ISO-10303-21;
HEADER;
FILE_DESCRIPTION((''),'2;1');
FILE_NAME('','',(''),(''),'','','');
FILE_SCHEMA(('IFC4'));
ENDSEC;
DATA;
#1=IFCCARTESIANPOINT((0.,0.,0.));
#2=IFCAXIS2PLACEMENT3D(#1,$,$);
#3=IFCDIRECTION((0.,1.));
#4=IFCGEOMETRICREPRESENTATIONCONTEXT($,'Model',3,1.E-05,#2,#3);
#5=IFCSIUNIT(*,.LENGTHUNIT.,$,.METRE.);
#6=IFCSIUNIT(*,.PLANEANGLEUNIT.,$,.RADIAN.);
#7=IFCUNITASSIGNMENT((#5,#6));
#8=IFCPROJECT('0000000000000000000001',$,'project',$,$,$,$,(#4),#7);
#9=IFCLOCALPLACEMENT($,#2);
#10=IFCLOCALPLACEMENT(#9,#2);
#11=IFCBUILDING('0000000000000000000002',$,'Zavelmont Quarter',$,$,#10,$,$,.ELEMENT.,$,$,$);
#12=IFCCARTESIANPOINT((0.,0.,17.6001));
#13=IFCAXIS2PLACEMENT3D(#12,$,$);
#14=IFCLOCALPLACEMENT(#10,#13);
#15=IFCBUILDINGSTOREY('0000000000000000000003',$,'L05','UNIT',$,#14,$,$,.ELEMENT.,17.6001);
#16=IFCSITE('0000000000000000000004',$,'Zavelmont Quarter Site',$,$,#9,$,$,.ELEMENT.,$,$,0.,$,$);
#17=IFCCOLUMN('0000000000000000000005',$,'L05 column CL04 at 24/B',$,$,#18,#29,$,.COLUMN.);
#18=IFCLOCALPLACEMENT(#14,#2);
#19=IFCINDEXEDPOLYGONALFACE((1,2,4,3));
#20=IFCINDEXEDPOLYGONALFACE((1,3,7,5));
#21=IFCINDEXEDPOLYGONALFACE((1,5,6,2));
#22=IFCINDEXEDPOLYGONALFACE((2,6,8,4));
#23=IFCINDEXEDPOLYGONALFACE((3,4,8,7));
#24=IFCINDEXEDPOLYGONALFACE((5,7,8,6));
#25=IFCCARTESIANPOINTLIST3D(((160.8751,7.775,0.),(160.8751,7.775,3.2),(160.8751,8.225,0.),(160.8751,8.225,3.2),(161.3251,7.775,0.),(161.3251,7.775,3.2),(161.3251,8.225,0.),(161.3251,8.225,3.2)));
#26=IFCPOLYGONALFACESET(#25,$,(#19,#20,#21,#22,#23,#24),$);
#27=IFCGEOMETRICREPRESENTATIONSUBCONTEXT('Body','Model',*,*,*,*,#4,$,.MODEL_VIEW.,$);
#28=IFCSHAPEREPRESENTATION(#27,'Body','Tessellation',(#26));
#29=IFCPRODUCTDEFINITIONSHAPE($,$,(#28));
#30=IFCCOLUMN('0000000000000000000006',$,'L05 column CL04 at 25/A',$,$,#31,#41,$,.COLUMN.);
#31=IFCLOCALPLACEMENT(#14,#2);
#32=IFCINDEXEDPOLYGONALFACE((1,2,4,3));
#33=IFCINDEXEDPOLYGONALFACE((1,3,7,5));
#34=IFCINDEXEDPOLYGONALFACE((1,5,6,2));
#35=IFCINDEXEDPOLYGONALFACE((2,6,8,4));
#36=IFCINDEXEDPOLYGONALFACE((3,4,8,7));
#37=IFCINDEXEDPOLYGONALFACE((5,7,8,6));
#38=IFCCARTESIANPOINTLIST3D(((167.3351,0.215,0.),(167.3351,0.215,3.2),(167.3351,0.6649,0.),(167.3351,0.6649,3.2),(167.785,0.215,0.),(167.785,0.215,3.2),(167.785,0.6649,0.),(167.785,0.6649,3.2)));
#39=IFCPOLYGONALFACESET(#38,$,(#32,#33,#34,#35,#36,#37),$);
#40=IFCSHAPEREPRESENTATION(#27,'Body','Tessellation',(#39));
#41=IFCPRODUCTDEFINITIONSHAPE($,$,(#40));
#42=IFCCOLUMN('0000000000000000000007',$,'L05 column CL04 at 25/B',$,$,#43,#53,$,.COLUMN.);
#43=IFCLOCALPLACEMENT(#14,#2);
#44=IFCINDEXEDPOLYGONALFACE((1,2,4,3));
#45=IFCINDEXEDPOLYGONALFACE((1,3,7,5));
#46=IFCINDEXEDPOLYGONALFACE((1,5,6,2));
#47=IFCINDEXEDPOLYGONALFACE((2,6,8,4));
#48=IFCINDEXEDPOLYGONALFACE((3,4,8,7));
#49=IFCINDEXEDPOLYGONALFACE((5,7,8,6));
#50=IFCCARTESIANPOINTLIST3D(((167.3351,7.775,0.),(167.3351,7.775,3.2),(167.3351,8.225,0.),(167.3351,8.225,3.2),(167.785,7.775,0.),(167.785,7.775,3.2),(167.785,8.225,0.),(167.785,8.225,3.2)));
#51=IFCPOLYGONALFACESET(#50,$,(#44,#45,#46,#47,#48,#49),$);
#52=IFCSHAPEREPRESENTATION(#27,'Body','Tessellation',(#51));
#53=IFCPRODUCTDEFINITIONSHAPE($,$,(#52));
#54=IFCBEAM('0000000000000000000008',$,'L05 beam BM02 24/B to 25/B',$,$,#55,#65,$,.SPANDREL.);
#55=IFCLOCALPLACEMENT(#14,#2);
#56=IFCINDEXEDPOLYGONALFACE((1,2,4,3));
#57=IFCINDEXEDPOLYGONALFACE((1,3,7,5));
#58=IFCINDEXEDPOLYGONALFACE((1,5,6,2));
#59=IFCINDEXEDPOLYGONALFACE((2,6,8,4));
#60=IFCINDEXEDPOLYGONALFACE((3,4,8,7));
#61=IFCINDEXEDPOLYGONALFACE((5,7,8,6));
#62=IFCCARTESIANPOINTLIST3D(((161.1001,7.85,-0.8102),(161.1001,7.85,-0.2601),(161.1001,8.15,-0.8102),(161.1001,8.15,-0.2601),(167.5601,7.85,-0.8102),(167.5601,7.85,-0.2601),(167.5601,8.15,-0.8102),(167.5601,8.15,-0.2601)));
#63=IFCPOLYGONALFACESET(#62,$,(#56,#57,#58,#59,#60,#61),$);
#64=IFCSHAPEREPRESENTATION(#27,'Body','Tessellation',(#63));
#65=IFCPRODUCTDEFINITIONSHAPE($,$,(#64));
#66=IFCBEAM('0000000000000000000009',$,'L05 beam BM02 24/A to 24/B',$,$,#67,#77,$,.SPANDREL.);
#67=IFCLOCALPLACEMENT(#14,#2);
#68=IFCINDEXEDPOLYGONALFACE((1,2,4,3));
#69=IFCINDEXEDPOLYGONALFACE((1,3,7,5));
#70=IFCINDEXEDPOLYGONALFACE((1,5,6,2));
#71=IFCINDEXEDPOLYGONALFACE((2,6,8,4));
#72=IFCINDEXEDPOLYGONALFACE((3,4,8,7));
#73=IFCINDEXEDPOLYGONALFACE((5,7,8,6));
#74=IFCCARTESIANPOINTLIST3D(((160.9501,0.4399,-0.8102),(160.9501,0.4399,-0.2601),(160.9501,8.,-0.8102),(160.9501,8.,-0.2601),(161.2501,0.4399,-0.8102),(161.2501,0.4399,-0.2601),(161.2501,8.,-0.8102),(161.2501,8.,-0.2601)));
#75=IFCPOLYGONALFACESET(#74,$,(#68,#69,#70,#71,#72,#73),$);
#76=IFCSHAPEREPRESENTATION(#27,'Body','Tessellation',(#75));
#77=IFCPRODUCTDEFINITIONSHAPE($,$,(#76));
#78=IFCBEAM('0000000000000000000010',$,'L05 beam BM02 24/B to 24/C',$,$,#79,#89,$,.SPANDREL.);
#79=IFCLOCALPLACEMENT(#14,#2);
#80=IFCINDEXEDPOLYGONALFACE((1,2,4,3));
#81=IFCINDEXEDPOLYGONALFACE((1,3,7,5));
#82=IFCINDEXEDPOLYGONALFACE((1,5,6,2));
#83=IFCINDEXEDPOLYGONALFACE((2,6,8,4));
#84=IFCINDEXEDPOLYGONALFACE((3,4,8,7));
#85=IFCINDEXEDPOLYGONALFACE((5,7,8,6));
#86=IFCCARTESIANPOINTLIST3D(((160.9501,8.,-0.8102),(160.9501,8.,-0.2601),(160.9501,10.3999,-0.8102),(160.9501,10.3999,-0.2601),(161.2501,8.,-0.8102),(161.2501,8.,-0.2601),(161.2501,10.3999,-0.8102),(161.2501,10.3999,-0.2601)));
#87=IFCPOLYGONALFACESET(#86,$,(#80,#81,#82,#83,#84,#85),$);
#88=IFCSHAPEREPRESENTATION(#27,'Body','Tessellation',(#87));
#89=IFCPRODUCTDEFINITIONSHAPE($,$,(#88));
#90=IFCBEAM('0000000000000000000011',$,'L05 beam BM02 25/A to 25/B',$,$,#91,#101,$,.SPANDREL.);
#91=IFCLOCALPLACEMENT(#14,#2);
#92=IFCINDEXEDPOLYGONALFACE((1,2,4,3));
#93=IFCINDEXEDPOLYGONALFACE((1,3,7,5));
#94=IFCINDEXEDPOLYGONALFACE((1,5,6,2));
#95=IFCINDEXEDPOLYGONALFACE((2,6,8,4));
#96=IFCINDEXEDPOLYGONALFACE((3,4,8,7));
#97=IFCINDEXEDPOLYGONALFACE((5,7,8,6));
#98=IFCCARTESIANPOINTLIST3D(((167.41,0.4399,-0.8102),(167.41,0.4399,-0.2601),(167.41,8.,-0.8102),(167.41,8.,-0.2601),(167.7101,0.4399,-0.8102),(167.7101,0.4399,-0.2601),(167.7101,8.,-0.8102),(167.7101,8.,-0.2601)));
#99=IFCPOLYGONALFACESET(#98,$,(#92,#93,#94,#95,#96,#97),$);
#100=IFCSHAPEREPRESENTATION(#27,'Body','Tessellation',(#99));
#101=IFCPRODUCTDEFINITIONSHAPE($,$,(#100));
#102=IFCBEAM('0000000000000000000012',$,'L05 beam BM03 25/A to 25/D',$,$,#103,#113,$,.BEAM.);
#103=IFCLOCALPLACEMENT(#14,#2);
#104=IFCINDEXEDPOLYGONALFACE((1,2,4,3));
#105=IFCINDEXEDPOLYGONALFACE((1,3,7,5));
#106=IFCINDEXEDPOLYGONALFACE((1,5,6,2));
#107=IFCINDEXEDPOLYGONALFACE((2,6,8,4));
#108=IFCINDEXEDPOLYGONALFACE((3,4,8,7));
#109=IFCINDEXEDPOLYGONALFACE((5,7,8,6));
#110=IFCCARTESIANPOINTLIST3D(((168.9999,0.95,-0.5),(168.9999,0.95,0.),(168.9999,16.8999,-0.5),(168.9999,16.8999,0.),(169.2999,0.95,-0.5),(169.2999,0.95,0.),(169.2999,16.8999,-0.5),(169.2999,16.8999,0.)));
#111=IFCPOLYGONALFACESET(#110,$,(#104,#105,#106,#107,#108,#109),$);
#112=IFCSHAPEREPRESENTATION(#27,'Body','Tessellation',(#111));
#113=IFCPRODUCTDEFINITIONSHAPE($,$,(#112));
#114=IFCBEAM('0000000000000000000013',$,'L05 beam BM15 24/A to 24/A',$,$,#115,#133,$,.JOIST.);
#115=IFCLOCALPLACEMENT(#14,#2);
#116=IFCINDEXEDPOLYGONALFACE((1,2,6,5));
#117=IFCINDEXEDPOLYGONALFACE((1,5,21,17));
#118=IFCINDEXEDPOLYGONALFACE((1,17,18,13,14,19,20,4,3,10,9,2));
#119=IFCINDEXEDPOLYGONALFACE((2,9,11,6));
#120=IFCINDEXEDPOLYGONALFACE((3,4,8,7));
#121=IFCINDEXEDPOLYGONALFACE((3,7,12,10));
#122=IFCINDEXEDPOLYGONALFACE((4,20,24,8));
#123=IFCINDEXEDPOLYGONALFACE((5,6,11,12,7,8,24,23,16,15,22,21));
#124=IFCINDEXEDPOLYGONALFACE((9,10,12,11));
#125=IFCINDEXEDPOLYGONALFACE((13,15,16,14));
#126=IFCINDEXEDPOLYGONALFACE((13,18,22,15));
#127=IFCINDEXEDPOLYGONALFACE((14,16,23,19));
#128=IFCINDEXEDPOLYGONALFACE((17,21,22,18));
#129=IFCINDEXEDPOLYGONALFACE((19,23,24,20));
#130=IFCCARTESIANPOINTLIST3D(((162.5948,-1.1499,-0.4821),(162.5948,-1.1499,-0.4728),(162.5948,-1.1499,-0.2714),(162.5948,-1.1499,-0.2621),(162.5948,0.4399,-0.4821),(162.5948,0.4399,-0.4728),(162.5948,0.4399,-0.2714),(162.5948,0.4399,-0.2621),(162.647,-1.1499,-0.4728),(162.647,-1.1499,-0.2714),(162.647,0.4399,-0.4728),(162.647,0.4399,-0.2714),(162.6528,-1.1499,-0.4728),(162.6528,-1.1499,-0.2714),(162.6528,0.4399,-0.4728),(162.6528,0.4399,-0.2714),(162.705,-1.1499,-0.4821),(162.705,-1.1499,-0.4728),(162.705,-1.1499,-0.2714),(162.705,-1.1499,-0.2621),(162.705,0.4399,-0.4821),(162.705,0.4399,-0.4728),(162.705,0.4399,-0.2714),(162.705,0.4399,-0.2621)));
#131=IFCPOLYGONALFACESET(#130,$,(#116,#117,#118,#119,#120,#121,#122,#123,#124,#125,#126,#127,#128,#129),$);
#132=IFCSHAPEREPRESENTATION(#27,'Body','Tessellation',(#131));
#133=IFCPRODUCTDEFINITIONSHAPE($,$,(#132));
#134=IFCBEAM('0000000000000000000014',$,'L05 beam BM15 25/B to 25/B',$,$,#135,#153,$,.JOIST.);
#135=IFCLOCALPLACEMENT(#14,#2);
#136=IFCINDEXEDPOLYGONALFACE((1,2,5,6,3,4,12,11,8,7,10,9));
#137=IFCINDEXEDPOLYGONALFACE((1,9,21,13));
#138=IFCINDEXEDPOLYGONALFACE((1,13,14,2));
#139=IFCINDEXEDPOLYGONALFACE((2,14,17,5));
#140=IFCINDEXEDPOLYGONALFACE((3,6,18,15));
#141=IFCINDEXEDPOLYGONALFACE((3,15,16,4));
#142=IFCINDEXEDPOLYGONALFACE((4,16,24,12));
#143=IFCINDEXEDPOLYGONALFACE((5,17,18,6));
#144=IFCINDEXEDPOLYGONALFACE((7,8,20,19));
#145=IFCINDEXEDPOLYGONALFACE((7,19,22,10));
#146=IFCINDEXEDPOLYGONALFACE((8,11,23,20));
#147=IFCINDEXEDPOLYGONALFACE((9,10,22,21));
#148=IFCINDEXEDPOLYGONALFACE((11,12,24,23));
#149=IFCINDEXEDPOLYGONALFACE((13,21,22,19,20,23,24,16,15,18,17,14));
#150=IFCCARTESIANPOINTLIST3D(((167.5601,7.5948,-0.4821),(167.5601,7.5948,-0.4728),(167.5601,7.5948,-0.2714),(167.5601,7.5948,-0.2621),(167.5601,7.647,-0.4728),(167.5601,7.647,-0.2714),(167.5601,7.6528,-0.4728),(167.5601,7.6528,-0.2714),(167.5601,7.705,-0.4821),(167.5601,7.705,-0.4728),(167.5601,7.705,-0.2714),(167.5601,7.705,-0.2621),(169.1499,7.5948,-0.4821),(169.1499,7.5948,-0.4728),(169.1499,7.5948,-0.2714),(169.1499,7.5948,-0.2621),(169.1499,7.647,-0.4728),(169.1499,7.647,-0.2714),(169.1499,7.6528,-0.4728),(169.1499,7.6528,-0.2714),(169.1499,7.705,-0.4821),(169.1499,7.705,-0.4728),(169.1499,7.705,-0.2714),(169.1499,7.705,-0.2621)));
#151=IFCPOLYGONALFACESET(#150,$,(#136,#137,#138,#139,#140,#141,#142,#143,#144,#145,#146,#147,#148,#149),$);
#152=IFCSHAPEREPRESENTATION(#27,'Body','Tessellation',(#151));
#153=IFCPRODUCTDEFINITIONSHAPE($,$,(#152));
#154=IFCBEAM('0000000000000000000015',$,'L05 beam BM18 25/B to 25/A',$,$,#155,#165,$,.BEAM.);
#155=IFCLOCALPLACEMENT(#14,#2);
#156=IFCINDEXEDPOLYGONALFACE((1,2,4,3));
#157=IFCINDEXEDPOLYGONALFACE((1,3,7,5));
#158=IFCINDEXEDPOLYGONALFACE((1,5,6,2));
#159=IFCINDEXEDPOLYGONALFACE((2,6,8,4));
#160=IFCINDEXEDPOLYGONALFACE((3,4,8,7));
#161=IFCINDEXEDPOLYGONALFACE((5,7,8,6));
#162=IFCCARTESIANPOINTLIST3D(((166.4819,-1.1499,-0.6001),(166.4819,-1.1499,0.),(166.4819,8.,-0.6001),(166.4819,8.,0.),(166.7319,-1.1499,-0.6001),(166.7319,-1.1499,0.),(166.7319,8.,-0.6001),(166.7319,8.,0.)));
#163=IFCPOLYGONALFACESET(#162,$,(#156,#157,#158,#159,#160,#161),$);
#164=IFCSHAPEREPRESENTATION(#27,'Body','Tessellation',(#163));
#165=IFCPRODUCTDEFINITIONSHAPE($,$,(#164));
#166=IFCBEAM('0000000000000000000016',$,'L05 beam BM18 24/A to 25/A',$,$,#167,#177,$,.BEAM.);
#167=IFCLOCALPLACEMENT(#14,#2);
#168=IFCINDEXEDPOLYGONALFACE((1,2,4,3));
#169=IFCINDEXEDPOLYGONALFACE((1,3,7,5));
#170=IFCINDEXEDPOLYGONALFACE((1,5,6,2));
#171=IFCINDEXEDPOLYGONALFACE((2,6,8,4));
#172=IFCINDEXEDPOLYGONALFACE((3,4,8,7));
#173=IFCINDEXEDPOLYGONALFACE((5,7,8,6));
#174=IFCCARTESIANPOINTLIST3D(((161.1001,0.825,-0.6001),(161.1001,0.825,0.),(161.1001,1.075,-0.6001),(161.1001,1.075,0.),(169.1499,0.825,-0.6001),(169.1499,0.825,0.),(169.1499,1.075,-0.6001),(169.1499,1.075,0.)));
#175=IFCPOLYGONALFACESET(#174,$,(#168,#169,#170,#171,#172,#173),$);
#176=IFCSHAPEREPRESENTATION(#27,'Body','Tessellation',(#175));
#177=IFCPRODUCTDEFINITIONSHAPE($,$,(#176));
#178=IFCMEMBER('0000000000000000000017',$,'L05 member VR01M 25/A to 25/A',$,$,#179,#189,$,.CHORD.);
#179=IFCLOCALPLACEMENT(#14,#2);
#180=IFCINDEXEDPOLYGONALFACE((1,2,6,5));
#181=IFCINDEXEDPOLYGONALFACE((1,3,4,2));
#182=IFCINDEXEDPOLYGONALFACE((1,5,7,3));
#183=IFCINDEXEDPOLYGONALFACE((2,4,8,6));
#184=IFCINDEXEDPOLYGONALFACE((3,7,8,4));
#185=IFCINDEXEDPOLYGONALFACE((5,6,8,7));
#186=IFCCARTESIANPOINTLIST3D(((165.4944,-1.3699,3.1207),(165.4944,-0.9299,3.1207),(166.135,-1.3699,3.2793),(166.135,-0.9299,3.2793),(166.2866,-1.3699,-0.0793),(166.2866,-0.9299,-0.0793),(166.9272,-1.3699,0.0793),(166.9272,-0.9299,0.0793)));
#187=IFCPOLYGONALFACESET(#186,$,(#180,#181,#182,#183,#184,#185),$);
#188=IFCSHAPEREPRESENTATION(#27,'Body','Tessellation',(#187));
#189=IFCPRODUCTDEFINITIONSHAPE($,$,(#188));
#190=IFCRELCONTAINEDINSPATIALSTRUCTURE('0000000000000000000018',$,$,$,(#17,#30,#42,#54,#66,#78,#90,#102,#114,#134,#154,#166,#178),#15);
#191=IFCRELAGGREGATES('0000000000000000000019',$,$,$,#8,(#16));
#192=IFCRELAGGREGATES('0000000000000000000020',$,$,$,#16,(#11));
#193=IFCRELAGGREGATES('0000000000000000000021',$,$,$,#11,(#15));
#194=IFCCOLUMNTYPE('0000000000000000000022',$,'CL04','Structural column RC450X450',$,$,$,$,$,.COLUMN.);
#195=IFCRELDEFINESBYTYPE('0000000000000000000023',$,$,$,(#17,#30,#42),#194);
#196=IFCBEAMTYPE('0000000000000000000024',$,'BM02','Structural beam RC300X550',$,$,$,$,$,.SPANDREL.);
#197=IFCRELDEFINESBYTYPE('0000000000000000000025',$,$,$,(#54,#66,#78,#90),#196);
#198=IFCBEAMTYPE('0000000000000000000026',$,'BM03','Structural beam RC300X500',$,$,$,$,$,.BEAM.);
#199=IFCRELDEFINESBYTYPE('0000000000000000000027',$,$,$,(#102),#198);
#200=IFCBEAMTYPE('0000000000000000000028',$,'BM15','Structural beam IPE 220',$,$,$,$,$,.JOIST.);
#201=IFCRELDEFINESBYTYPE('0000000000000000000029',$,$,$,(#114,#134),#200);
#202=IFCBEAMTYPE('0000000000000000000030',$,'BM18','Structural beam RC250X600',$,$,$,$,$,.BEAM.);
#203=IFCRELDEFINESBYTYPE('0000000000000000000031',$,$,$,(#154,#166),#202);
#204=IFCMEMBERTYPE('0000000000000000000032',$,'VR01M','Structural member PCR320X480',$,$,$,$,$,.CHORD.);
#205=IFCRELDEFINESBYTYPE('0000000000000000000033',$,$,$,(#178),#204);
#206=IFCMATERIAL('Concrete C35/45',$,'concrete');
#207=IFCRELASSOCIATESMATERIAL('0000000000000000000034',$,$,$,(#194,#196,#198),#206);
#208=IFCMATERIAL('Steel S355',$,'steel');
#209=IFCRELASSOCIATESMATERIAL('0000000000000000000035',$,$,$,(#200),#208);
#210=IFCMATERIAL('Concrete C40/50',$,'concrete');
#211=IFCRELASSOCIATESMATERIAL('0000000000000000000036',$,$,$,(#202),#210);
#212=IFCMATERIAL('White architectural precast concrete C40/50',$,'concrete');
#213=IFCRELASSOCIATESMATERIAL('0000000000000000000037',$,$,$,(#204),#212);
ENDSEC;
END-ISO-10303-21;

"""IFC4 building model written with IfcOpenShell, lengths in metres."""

from ifc_helpers import new_model, si_unit, direction, frame, origin, origin_2d, place, context, subcontext, project, spatial, rectangle, i_section, extrude, material, material_profile, profile_set, type_object, element, save


model = new_model("IFC4")

# Units and contexts
model_context = context("Model", 3, precision=1e-05, world=origin(), true_north=direction((0.0, 1.0)))
body_context = subcontext(model_context, "Body", "Model", "MODEL_VIEW")
ifc_project = project(units=[si_unit("LENGTHUNIT", "METRE"), si_unit("PLANEANGLEUNIT", "RADIAN")], contexts=[model_context])

# Site, building, storey
site_placement = place(None, origin())
site = spatial("IfcSite", under=ifc_project, at=site_placement, Name="Zavelmont Quarter Site", CompositionType="ELEMENT", RefElevation=0.0)
building_placement = place(site_placement, origin())
building = spatial("IfcBuilding", under=site, at=building_placement, Name="Zavelmont Quarter", CompositionType="ELEMENT")
storey_placement = place(building_placement, frame((0.0, 0.0, 17.6001)))
storey = spatial("IfcBuildingStorey", under=building, at=storey_placement, Name="L05", Description="UNIT", CompositionType="ELEMENT", Elevation=17.6001)

# Columns
ifc_material_1 = material(Name="Concrete C35/45", Category="concrete")
ifc_material_profile_1 = material_profile(ifc_material_1, rectangle(XDim=0.45, YDim=0.45, at=origin_2d()), Name="RC450X450")
ifc_profile_set_1 = profile_set([ifc_material_profile_1], Name="Concrete C35/45")
column_type = type_object("IfcColumnType", Name="CL04", Description="Structural column RC450X450", PredefinedType="COLUMN", material=ifc_profile_set_1)
for number, where, z_axis, x_axis, name in (
    (1, (161.1001, 8.0, 0.0), (0.0, 0.0, 1.0), (1.0, 0.0, 0.0), "L05 column CL04 at 24/B"),
    (2, (167.5601, 0.4399, 0.0), (0.0, 0.0, 1.0), (1.0, 0.0, 0.0), "L05 column CL04 at 25/A"),
    (3, (167.5601, 8.0, 0.0), (0.0, 0.0, 1.0), (1.0, 0.0, 0.0), "L05 column CL04 at 25/B"),
):
    element("IfcColumn", number, at=place(storey_placement, frame(where, z_axis=z_axis, x_axis=x_axis)), inside=storey, type_object=column_type, Name=name, PredefinedType="COLUMN", context=body_context, shape_type="SweptSolid", body=[
        extrude(rectangle(XDim=0.45, YDim=0.45, at=origin_2d()), origin(), (0.0, 0.0, 1.0), 3.2),
    ])

# Beams
ifc_material_profile_2 = material_profile(ifc_material_1, rectangle(XDim=0.3, YDim=0.55, at=origin_2d()), Name="RC300X550")
ifc_profile_set_2 = profile_set([ifc_material_profile_2], Name="Concrete C35/45")
beam_type_1 = type_object("IfcBeamType", Name="BM02", Description="Structural beam RC300X550", PredefinedType="SPANDREL", material=ifc_profile_set_2)
beam_1_placement = place(storey_placement, frame((161.1001, 8.0, -0.5352), z_axis=(1.0, 0.0, 0.0), x_axis=(0.0, 1.0, 0.0)))
element("IfcBeam", 4, at=beam_1_placement, inside=storey, type_object=beam_type_1, Name="L05 beam BM02 24/B to 25/B", PredefinedType="SPANDREL", context=body_context, shape_type="SweptSolid", body=[
    extrude(rectangle(XDim=0.3, YDim=0.55, at=origin_2d()), origin(), (0.0, 0.0, 1.0), 6.46),
])
beam_2_placement = place(storey_placement, frame((161.1001, 0.4399, -0.5352), z_axis=(0.0, 1.0, 0.0), x_axis=(-1.0, 0.0, 0.0)))
element("IfcBeam", 5, at=beam_2_placement, inside=storey, type_object=beam_type_1, Name="L05 beam BM02 24/A to 24/B", PredefinedType="SPANDREL", context=body_context, shape_type="SweptSolid", body=[
    extrude(rectangle(XDim=0.3, YDim=0.55, at=origin_2d()), origin(), (0.0, 0.0, 1.0), 7.5601),
])
beam_3_placement = place(storey_placement, frame((161.1001, 8.0, -0.5352), z_axis=(0.0, 1.0, 0.0), x_axis=(-1.0, 0.0, 0.0)))
element("IfcBeam", 6, at=beam_3_placement, inside=storey, type_object=beam_type_1, Name="L05 beam BM02 24/B to 24/C", PredefinedType="SPANDREL", context=body_context, shape_type="SweptSolid", body=[
    extrude(rectangle(XDim=0.3, YDim=0.55, at=origin_2d()), origin(), (0.0, 0.0, 1.0), 2.3999),
])
beam_4_placement = place(storey_placement, frame((167.5601, 0.4399, -0.5352), z_axis=(0.0, 1.0, 0.0), x_axis=(-1.0, 0.0, 0.0)))
element("IfcBeam", 7, at=beam_4_placement, inside=storey, type_object=beam_type_1, Name="L05 beam BM02 25/A to 25/B", PredefinedType="SPANDREL", context=body_context, shape_type="SweptSolid", body=[
    extrude(rectangle(XDim=0.3, YDim=0.55, at=origin_2d()), origin(), (0.0, 0.0, 1.0), 7.5601),
])
ifc_material_profile_3 = material_profile(ifc_material_1, rectangle(XDim=0.3, YDim=0.5, at=origin_2d()), Name="RC300X500")
ifc_profile_set_3 = profile_set([ifc_material_profile_3], Name="Concrete C35/45")
beam_type_2 = type_object("IfcBeamType", Name="BM03", Description="Structural beam RC300X500", PredefinedType="BEAM", material=ifc_profile_set_3)
beam_5_placement = place(storey_placement, frame((169.1499, 0.95, -0.25), z_axis=(0.0, 1.0, 0.0), x_axis=(-1.0, 0.0, 0.0)))
element("IfcBeam", 8, at=beam_5_placement, inside=storey, type_object=beam_type_2, Name="L05 beam BM03 25/A to 25/D", PredefinedType="BEAM", context=body_context, shape_type="SweptSolid", body=[
    extrude(rectangle(XDim=0.3, YDim=0.5, at=origin_2d()), origin(), (0.0, 0.0, 1.0), 15.95),
])
ifc_material_2 = material(Name="Steel S355", Category="steel")
ifc_material_profile_4 = material_profile(ifc_material_2, i_section(OverallWidth=0.1101, OverallDepth=0.22, WebThickness=0.0059, FlangeThickness=0.0093, at=origin_2d()), Name="IPE 220")
ifc_profile_set_4 = profile_set([ifc_material_profile_4], Name="Steel S355")
beam_type_3 = type_object("IfcBeamType", Name="BM15", Description="Structural beam IPE 220", PredefinedType="JOIST", material=ifc_profile_set_4)
for number, where, z_axis, x_axis, name in (
    (9, (162.6499, 0.4399, -0.3721), (0.0, -1.0, 0.0), (1.0, 0.0, 0.0), "L05 beam BM15 24/A to 24/A"),
    (10, (167.5601, 7.6499, -0.3721), (1.0, 0.0, 0.0), (0.0, 1.0, 0.0), "L05 beam BM15 25/B to 25/B"),
):
    element("IfcBeam", number, at=place(storey_placement, frame(where, z_axis=z_axis, x_axis=x_axis)), inside=storey, type_object=beam_type_3, Name=name, PredefinedType="JOIST", context=body_context, shape_type="SweptSolid", body=[
        extrude(i_section(OverallWidth=0.1101, OverallDepth=0.22, WebThickness=0.0059, FlangeThickness=0.0093, at=origin_2d()), origin(), (0.0, 0.0, 1.0), 1.5898),
    ])
ifc_material_3 = material(Name="Concrete C40/50", Category="concrete")
ifc_material_profile_5 = material_profile(ifc_material_3, rectangle(XDim=0.25, YDim=0.6001, at=origin_2d()), Name="RC250X600")
ifc_profile_set_5 = profile_set([ifc_material_profile_5], Name="Concrete C40/50")
beam_type_4 = type_object("IfcBeamType", Name="BM18", Description="Structural beam RC250X600", PredefinedType="BEAM", material=ifc_profile_set_5)
beam_6_placement = place(storey_placement, frame((166.6069, 8.0, -0.3), z_axis=(0.0, -1.0, 0.0), x_axis=(1.0, 0.0, 0.0)))
element("IfcBeam", 11, at=beam_6_placement, inside=storey, type_object=beam_type_4, Name="L05 beam BM18 25/B to 25/A", PredefinedType="BEAM", context=body_context, shape_type="SweptSolid", body=[
    extrude(rectangle(XDim=0.25, YDim=0.6001, at=origin_2d()), origin(), (0.0, 0.0, 1.0), 9.1499),
])
beam_7_placement = place(storey_placement, frame((161.1001, 0.95, -0.3), z_axis=(1.0, 0.0, 0.0), x_axis=(0.0, 1.0, 0.0)))
element("IfcBeam", 12, at=beam_7_placement, inside=storey, type_object=beam_type_4, Name="L05 beam BM18 24/A to 25/A", PredefinedType="BEAM", context=body_context, shape_type="SweptSolid", body=[
    extrude(rectangle(XDim=0.25, YDim=0.6001, at=origin_2d()), origin(), (0.0, 0.0, 1.0), 8.0498),
])

# Member
ifc_material_4 = material(Name="White architectural precast concrete C40/50", Category="concrete")
ifc_material_profile_6 = material_profile(ifc_material_4, rectangle(XDim=0.4399, YDim=0.6599, at=origin_2d()), Name="PCR320X480")
ifc_profile_set_6 = profile_set([ifc_material_profile_6], Name="White architectural precast concrete C40/50")
member_type = type_object("IfcMemberType", Name="VR01M", Description="Structural member PCR320X480", PredefinedType="CHORD", material=ifc_profile_set_6)
member_1_placement = place(storey_placement, frame((166.6069, -1.1499, 0.0), z_axis=(-0.240322, 0.0, 0.970693), x_axis=(0.0, -1.0, 0.0)))
element("IfcMember", 13, at=member_1_placement, inside=storey, type_object=member_type, Name="L05 member VR01M 25/A to 25/A", PredefinedType="CHORD", context=body_context, shape_type="SweptSolid", body=[
    extrude(rectangle(XDim=0.4399, YDim=0.6599, at=origin_2d()), origin(), (0.0, 0.0, 1.0), 3.2966),
])

save(model, "model.ifc")
